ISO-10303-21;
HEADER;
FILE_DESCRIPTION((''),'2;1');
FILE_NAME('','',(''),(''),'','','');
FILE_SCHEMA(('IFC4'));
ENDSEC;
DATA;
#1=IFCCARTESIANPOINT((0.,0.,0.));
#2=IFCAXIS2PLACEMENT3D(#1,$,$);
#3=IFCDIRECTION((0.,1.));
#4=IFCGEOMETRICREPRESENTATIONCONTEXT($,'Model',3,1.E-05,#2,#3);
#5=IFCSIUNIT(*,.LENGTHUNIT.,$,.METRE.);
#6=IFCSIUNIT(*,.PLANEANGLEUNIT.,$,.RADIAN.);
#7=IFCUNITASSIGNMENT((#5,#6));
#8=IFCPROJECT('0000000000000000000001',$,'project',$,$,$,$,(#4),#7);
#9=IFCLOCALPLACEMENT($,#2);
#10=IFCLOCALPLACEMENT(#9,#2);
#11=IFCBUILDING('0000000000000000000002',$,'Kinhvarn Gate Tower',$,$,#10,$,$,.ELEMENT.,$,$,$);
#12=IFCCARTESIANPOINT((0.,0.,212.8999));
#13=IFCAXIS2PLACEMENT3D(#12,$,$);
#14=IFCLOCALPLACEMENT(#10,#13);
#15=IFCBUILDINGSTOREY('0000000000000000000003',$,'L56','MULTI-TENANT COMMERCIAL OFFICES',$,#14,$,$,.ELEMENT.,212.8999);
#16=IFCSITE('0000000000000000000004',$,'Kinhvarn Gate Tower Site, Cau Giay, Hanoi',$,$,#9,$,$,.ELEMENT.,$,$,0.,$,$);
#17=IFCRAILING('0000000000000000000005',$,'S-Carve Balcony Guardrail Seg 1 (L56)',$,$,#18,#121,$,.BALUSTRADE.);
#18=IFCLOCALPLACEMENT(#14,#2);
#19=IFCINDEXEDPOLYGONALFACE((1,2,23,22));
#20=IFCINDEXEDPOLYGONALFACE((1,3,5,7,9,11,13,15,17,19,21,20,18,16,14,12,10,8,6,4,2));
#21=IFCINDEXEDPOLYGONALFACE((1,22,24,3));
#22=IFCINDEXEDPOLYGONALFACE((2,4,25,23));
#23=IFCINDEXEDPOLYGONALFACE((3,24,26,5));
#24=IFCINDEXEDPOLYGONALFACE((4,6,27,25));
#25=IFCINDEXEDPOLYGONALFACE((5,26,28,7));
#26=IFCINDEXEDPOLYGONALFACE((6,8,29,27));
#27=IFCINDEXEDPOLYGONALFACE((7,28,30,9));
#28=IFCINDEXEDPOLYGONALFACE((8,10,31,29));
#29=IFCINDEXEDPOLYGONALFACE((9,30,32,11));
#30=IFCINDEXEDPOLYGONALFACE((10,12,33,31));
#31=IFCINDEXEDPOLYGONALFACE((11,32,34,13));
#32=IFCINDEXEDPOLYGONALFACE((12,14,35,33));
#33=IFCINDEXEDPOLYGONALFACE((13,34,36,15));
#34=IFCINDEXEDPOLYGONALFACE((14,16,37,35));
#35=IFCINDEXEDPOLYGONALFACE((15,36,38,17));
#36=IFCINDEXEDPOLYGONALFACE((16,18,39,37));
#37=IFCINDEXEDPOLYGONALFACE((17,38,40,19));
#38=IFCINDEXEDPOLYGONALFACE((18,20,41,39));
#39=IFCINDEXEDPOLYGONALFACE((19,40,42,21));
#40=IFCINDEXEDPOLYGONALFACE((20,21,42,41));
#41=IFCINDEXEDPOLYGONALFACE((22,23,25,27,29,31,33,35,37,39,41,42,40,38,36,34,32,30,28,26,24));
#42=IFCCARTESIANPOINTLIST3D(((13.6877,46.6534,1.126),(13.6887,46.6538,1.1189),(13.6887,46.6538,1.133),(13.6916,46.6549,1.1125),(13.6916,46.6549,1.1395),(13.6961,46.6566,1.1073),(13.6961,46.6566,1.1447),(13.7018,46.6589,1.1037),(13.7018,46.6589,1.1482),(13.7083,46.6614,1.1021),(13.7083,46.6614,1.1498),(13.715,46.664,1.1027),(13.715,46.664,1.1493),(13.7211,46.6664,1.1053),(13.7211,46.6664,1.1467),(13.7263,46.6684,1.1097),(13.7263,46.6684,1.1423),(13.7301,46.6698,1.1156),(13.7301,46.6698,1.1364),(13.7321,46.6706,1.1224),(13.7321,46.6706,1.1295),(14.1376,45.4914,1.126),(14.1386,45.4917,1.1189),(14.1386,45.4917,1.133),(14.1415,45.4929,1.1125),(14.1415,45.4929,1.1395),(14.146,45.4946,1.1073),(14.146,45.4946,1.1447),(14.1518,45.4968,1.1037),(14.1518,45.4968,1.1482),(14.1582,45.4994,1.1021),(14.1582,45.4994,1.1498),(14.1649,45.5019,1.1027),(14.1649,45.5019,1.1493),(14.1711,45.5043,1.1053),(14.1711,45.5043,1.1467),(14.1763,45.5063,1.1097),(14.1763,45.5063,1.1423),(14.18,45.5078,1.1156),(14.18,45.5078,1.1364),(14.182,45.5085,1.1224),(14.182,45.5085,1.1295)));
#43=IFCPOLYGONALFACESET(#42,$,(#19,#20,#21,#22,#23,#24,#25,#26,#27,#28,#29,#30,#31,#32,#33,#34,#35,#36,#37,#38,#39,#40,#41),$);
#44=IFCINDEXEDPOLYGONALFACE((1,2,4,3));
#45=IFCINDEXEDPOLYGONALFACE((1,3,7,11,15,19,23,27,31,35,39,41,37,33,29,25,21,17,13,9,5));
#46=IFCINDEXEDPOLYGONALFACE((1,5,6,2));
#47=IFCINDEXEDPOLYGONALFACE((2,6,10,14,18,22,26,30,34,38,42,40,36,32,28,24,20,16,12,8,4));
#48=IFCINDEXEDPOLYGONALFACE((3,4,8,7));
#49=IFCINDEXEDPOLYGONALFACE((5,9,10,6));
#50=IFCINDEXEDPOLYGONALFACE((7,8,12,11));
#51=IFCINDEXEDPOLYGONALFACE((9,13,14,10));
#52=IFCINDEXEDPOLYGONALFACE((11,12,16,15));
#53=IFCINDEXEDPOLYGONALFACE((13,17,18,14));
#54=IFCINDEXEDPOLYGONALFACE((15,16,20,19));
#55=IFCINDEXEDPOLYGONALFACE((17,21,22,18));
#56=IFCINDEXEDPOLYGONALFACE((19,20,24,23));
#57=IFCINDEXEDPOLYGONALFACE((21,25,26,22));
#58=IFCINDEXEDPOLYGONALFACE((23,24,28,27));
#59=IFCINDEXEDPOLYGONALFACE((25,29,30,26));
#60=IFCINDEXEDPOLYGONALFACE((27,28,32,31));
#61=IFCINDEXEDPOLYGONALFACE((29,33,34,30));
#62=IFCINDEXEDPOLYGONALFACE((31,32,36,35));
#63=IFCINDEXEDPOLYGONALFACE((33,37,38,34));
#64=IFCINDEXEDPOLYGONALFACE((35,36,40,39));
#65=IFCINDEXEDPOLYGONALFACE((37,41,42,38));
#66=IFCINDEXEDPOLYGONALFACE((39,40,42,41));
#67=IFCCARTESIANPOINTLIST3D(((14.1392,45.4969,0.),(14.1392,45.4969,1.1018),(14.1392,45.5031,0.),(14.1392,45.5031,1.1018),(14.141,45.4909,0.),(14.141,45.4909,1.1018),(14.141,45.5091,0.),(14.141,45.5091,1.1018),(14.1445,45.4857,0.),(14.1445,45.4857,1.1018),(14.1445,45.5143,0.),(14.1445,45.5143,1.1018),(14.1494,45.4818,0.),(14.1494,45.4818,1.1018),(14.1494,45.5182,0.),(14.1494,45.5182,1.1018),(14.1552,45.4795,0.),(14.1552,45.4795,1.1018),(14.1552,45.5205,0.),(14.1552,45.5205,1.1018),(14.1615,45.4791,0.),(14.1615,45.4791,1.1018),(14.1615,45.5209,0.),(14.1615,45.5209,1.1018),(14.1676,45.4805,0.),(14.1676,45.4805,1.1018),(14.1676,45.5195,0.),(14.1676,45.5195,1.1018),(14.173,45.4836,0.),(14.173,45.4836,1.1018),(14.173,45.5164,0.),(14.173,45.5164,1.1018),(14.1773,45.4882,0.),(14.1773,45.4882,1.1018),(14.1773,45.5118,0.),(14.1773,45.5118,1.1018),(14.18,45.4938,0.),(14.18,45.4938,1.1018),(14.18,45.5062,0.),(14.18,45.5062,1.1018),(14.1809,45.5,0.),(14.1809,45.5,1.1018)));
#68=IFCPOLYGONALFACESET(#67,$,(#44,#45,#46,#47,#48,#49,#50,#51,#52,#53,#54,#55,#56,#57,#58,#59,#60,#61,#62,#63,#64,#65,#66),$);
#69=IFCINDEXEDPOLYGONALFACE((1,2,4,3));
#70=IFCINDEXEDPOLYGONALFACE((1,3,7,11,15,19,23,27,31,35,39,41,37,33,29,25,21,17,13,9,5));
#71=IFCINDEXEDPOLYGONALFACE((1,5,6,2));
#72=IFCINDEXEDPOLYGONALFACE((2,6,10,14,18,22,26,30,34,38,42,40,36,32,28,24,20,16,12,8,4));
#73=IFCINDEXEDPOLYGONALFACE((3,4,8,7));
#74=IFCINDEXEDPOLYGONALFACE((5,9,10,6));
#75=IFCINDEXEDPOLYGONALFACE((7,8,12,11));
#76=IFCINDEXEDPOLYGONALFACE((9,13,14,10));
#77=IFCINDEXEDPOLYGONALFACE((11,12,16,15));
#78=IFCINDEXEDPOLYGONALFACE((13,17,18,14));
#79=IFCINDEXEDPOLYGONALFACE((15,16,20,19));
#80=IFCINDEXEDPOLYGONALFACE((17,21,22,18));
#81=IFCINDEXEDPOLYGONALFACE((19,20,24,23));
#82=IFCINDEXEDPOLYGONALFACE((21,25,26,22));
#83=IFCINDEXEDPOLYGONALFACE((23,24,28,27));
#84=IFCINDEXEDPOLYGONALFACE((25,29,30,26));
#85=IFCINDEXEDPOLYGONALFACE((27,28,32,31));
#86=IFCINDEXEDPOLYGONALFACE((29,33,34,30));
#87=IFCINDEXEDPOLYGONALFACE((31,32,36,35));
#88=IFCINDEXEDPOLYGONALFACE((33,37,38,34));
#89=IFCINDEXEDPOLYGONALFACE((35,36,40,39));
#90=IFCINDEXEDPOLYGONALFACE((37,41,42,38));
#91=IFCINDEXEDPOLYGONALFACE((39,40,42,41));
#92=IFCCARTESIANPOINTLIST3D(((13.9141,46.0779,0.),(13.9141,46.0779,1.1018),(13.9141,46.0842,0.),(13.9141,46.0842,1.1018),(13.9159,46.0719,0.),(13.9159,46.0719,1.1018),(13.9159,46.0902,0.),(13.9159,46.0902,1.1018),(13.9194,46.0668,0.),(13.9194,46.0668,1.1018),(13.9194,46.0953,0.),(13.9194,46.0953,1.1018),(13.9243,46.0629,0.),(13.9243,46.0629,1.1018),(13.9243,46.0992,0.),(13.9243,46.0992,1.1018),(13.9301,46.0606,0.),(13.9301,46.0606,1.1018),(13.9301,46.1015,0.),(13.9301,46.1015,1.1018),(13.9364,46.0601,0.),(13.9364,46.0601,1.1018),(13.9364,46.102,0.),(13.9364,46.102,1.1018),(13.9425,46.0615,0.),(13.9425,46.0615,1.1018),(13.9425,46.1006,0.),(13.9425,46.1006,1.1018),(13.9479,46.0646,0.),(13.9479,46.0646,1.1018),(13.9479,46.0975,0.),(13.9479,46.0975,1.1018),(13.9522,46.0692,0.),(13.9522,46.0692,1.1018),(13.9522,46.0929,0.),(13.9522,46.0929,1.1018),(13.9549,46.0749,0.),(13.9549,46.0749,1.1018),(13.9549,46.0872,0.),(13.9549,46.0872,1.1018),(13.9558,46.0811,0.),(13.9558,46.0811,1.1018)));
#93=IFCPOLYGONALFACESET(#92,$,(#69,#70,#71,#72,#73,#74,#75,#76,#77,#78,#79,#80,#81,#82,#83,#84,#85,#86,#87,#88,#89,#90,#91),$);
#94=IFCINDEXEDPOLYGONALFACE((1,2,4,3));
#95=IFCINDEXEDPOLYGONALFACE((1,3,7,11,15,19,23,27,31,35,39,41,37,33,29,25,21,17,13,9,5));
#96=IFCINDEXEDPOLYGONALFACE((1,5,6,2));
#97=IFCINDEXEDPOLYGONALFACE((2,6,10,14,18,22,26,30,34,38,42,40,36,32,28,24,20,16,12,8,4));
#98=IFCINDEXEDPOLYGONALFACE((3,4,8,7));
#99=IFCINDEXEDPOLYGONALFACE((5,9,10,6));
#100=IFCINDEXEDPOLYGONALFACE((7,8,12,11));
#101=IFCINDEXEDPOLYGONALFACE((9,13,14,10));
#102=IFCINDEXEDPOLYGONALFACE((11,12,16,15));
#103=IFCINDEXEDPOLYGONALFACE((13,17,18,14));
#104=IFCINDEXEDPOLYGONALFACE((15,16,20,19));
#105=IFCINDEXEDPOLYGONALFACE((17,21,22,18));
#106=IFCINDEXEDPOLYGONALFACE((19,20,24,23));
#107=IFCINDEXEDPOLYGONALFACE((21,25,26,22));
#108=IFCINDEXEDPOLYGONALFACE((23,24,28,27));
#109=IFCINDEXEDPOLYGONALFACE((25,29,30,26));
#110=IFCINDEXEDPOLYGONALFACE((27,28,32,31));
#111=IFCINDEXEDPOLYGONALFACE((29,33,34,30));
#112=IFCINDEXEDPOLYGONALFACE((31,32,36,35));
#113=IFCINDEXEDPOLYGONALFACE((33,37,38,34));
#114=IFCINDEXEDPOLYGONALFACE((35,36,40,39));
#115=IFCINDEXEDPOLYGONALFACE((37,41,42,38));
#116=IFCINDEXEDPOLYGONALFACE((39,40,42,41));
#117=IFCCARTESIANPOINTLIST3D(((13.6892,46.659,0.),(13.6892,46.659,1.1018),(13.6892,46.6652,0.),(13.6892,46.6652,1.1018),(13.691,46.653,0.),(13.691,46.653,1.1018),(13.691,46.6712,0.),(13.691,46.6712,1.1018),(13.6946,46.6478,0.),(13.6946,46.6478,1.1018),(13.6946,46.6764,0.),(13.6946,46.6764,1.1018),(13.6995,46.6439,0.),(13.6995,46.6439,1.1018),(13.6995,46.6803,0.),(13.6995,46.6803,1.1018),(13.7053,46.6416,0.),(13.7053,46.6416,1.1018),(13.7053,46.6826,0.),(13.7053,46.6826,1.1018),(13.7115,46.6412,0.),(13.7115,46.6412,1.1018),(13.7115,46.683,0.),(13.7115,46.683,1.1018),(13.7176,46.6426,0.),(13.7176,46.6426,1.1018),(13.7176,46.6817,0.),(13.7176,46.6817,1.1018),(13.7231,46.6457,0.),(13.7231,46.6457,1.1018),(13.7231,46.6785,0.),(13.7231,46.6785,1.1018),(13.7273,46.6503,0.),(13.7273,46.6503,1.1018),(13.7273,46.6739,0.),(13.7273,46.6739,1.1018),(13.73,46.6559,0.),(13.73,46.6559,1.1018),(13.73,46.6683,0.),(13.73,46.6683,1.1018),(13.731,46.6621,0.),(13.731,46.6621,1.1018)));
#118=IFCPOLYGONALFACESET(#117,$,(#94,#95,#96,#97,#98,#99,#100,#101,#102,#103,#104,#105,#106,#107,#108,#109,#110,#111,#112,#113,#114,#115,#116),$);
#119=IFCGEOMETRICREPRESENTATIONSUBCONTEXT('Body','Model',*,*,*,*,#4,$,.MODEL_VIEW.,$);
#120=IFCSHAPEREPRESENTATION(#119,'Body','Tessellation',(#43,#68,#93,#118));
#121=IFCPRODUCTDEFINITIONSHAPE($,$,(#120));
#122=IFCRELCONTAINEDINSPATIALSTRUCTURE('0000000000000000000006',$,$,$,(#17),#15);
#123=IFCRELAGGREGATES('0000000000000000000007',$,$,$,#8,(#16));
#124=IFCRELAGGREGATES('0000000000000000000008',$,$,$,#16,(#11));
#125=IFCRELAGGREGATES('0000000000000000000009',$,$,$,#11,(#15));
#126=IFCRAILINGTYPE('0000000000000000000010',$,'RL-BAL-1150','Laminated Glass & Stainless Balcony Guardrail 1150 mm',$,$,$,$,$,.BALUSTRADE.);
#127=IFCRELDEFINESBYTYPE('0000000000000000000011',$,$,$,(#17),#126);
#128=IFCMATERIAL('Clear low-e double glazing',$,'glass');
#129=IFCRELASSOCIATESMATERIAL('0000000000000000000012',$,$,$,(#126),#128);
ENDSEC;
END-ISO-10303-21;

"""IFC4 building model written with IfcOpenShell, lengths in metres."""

from ifc_helpers import new_model, si_unit, direction, frame, origin, origin_2d, place, context, subcontext, project, spatial, circle, extrude, material, type_object, element, save


model = new_model("IFC4")

# Units and contexts
model_context = context("Model", 3, precision=1e-05, world=origin(), true_north=direction((0.0, 1.0)))
body_context = subcontext(model_context, "Body", "Model", "MODEL_VIEW")
ifc_project = project(units=[si_unit("LENGTHUNIT", "METRE"), si_unit("PLANEANGLEUNIT", "RADIAN")], contexts=[model_context])

# Site, building, storey
site_placement = place(None, origin())
site = spatial("IfcSite", under=ifc_project, at=site_placement, Name="Kinhvarn Gate Tower Site, Cau Giay, Hanoi", CompositionType="ELEMENT", RefElevation=0.0)
building_placement = place(site_placement, origin())
building = spatial("IfcBuilding", under=site, at=building_placement, Name="Kinhvarn Gate Tower", CompositionType="ELEMENT")
storey_placement = place(building_placement, frame((0.0, 0.0, 212.8999)))
storey = spatial("IfcBuildingStorey", under=building, at=storey_placement, Name="L56", Description="MULTI-TENANT COMMERCIAL OFFICES", CompositionType="ELEMENT", Elevation=212.8999)

# Shared definitions
ifc_material_1 = material(Name="Clear low-e double glazing", Category="glass")

# Railing
railing_type_1 = type_object("IfcRailingType", Name="RL-BAL-1150", Description="Laminated Glass & Stainless Balcony Guardrail 1150 mm", PredefinedType="BALUSTRADE", material=ifc_material_1)
railing_1_placement = place(storey_placement, frame((14.1599, 45.5, 0.0)))
element("IfcRailing", 1, at=railing_1_placement, inside=storey, type_object=railing_type_1, Name="S-Carve Balcony Guardrail Seg 1 (L56)", PredefinedType="BALUSTRADE", context=body_context, shape_type="SweptSolid", body=[
    extrude(circle(Radius=0.0239, at=origin_2d()), frame((0.0, 0.0, 1.126), z_axis=(-0.361066, 0.93254, 0.0), x_axis=(-0.93254, -0.361066, 0.0)), (0.0, 0.0, 1.0), 1.2461),
    extrude(circle(Radius=0.021, at=origin_2d()), origin(), (0.0, 0.0, 1.0), 1.1018),
    extrude(circle(Radius=0.021, at=origin_2d()), frame((-0.2251, 0.5811, 0.0)), (0.0, 0.0, 1.0), 1.1018),
    extrude(circle(Radius=0.021, at=origin_2d()), frame((-0.45, 1.1621, 0.0)), (0.0, 0.0, 1.0), 1.1018),
])

save(model, "model.ifc")
